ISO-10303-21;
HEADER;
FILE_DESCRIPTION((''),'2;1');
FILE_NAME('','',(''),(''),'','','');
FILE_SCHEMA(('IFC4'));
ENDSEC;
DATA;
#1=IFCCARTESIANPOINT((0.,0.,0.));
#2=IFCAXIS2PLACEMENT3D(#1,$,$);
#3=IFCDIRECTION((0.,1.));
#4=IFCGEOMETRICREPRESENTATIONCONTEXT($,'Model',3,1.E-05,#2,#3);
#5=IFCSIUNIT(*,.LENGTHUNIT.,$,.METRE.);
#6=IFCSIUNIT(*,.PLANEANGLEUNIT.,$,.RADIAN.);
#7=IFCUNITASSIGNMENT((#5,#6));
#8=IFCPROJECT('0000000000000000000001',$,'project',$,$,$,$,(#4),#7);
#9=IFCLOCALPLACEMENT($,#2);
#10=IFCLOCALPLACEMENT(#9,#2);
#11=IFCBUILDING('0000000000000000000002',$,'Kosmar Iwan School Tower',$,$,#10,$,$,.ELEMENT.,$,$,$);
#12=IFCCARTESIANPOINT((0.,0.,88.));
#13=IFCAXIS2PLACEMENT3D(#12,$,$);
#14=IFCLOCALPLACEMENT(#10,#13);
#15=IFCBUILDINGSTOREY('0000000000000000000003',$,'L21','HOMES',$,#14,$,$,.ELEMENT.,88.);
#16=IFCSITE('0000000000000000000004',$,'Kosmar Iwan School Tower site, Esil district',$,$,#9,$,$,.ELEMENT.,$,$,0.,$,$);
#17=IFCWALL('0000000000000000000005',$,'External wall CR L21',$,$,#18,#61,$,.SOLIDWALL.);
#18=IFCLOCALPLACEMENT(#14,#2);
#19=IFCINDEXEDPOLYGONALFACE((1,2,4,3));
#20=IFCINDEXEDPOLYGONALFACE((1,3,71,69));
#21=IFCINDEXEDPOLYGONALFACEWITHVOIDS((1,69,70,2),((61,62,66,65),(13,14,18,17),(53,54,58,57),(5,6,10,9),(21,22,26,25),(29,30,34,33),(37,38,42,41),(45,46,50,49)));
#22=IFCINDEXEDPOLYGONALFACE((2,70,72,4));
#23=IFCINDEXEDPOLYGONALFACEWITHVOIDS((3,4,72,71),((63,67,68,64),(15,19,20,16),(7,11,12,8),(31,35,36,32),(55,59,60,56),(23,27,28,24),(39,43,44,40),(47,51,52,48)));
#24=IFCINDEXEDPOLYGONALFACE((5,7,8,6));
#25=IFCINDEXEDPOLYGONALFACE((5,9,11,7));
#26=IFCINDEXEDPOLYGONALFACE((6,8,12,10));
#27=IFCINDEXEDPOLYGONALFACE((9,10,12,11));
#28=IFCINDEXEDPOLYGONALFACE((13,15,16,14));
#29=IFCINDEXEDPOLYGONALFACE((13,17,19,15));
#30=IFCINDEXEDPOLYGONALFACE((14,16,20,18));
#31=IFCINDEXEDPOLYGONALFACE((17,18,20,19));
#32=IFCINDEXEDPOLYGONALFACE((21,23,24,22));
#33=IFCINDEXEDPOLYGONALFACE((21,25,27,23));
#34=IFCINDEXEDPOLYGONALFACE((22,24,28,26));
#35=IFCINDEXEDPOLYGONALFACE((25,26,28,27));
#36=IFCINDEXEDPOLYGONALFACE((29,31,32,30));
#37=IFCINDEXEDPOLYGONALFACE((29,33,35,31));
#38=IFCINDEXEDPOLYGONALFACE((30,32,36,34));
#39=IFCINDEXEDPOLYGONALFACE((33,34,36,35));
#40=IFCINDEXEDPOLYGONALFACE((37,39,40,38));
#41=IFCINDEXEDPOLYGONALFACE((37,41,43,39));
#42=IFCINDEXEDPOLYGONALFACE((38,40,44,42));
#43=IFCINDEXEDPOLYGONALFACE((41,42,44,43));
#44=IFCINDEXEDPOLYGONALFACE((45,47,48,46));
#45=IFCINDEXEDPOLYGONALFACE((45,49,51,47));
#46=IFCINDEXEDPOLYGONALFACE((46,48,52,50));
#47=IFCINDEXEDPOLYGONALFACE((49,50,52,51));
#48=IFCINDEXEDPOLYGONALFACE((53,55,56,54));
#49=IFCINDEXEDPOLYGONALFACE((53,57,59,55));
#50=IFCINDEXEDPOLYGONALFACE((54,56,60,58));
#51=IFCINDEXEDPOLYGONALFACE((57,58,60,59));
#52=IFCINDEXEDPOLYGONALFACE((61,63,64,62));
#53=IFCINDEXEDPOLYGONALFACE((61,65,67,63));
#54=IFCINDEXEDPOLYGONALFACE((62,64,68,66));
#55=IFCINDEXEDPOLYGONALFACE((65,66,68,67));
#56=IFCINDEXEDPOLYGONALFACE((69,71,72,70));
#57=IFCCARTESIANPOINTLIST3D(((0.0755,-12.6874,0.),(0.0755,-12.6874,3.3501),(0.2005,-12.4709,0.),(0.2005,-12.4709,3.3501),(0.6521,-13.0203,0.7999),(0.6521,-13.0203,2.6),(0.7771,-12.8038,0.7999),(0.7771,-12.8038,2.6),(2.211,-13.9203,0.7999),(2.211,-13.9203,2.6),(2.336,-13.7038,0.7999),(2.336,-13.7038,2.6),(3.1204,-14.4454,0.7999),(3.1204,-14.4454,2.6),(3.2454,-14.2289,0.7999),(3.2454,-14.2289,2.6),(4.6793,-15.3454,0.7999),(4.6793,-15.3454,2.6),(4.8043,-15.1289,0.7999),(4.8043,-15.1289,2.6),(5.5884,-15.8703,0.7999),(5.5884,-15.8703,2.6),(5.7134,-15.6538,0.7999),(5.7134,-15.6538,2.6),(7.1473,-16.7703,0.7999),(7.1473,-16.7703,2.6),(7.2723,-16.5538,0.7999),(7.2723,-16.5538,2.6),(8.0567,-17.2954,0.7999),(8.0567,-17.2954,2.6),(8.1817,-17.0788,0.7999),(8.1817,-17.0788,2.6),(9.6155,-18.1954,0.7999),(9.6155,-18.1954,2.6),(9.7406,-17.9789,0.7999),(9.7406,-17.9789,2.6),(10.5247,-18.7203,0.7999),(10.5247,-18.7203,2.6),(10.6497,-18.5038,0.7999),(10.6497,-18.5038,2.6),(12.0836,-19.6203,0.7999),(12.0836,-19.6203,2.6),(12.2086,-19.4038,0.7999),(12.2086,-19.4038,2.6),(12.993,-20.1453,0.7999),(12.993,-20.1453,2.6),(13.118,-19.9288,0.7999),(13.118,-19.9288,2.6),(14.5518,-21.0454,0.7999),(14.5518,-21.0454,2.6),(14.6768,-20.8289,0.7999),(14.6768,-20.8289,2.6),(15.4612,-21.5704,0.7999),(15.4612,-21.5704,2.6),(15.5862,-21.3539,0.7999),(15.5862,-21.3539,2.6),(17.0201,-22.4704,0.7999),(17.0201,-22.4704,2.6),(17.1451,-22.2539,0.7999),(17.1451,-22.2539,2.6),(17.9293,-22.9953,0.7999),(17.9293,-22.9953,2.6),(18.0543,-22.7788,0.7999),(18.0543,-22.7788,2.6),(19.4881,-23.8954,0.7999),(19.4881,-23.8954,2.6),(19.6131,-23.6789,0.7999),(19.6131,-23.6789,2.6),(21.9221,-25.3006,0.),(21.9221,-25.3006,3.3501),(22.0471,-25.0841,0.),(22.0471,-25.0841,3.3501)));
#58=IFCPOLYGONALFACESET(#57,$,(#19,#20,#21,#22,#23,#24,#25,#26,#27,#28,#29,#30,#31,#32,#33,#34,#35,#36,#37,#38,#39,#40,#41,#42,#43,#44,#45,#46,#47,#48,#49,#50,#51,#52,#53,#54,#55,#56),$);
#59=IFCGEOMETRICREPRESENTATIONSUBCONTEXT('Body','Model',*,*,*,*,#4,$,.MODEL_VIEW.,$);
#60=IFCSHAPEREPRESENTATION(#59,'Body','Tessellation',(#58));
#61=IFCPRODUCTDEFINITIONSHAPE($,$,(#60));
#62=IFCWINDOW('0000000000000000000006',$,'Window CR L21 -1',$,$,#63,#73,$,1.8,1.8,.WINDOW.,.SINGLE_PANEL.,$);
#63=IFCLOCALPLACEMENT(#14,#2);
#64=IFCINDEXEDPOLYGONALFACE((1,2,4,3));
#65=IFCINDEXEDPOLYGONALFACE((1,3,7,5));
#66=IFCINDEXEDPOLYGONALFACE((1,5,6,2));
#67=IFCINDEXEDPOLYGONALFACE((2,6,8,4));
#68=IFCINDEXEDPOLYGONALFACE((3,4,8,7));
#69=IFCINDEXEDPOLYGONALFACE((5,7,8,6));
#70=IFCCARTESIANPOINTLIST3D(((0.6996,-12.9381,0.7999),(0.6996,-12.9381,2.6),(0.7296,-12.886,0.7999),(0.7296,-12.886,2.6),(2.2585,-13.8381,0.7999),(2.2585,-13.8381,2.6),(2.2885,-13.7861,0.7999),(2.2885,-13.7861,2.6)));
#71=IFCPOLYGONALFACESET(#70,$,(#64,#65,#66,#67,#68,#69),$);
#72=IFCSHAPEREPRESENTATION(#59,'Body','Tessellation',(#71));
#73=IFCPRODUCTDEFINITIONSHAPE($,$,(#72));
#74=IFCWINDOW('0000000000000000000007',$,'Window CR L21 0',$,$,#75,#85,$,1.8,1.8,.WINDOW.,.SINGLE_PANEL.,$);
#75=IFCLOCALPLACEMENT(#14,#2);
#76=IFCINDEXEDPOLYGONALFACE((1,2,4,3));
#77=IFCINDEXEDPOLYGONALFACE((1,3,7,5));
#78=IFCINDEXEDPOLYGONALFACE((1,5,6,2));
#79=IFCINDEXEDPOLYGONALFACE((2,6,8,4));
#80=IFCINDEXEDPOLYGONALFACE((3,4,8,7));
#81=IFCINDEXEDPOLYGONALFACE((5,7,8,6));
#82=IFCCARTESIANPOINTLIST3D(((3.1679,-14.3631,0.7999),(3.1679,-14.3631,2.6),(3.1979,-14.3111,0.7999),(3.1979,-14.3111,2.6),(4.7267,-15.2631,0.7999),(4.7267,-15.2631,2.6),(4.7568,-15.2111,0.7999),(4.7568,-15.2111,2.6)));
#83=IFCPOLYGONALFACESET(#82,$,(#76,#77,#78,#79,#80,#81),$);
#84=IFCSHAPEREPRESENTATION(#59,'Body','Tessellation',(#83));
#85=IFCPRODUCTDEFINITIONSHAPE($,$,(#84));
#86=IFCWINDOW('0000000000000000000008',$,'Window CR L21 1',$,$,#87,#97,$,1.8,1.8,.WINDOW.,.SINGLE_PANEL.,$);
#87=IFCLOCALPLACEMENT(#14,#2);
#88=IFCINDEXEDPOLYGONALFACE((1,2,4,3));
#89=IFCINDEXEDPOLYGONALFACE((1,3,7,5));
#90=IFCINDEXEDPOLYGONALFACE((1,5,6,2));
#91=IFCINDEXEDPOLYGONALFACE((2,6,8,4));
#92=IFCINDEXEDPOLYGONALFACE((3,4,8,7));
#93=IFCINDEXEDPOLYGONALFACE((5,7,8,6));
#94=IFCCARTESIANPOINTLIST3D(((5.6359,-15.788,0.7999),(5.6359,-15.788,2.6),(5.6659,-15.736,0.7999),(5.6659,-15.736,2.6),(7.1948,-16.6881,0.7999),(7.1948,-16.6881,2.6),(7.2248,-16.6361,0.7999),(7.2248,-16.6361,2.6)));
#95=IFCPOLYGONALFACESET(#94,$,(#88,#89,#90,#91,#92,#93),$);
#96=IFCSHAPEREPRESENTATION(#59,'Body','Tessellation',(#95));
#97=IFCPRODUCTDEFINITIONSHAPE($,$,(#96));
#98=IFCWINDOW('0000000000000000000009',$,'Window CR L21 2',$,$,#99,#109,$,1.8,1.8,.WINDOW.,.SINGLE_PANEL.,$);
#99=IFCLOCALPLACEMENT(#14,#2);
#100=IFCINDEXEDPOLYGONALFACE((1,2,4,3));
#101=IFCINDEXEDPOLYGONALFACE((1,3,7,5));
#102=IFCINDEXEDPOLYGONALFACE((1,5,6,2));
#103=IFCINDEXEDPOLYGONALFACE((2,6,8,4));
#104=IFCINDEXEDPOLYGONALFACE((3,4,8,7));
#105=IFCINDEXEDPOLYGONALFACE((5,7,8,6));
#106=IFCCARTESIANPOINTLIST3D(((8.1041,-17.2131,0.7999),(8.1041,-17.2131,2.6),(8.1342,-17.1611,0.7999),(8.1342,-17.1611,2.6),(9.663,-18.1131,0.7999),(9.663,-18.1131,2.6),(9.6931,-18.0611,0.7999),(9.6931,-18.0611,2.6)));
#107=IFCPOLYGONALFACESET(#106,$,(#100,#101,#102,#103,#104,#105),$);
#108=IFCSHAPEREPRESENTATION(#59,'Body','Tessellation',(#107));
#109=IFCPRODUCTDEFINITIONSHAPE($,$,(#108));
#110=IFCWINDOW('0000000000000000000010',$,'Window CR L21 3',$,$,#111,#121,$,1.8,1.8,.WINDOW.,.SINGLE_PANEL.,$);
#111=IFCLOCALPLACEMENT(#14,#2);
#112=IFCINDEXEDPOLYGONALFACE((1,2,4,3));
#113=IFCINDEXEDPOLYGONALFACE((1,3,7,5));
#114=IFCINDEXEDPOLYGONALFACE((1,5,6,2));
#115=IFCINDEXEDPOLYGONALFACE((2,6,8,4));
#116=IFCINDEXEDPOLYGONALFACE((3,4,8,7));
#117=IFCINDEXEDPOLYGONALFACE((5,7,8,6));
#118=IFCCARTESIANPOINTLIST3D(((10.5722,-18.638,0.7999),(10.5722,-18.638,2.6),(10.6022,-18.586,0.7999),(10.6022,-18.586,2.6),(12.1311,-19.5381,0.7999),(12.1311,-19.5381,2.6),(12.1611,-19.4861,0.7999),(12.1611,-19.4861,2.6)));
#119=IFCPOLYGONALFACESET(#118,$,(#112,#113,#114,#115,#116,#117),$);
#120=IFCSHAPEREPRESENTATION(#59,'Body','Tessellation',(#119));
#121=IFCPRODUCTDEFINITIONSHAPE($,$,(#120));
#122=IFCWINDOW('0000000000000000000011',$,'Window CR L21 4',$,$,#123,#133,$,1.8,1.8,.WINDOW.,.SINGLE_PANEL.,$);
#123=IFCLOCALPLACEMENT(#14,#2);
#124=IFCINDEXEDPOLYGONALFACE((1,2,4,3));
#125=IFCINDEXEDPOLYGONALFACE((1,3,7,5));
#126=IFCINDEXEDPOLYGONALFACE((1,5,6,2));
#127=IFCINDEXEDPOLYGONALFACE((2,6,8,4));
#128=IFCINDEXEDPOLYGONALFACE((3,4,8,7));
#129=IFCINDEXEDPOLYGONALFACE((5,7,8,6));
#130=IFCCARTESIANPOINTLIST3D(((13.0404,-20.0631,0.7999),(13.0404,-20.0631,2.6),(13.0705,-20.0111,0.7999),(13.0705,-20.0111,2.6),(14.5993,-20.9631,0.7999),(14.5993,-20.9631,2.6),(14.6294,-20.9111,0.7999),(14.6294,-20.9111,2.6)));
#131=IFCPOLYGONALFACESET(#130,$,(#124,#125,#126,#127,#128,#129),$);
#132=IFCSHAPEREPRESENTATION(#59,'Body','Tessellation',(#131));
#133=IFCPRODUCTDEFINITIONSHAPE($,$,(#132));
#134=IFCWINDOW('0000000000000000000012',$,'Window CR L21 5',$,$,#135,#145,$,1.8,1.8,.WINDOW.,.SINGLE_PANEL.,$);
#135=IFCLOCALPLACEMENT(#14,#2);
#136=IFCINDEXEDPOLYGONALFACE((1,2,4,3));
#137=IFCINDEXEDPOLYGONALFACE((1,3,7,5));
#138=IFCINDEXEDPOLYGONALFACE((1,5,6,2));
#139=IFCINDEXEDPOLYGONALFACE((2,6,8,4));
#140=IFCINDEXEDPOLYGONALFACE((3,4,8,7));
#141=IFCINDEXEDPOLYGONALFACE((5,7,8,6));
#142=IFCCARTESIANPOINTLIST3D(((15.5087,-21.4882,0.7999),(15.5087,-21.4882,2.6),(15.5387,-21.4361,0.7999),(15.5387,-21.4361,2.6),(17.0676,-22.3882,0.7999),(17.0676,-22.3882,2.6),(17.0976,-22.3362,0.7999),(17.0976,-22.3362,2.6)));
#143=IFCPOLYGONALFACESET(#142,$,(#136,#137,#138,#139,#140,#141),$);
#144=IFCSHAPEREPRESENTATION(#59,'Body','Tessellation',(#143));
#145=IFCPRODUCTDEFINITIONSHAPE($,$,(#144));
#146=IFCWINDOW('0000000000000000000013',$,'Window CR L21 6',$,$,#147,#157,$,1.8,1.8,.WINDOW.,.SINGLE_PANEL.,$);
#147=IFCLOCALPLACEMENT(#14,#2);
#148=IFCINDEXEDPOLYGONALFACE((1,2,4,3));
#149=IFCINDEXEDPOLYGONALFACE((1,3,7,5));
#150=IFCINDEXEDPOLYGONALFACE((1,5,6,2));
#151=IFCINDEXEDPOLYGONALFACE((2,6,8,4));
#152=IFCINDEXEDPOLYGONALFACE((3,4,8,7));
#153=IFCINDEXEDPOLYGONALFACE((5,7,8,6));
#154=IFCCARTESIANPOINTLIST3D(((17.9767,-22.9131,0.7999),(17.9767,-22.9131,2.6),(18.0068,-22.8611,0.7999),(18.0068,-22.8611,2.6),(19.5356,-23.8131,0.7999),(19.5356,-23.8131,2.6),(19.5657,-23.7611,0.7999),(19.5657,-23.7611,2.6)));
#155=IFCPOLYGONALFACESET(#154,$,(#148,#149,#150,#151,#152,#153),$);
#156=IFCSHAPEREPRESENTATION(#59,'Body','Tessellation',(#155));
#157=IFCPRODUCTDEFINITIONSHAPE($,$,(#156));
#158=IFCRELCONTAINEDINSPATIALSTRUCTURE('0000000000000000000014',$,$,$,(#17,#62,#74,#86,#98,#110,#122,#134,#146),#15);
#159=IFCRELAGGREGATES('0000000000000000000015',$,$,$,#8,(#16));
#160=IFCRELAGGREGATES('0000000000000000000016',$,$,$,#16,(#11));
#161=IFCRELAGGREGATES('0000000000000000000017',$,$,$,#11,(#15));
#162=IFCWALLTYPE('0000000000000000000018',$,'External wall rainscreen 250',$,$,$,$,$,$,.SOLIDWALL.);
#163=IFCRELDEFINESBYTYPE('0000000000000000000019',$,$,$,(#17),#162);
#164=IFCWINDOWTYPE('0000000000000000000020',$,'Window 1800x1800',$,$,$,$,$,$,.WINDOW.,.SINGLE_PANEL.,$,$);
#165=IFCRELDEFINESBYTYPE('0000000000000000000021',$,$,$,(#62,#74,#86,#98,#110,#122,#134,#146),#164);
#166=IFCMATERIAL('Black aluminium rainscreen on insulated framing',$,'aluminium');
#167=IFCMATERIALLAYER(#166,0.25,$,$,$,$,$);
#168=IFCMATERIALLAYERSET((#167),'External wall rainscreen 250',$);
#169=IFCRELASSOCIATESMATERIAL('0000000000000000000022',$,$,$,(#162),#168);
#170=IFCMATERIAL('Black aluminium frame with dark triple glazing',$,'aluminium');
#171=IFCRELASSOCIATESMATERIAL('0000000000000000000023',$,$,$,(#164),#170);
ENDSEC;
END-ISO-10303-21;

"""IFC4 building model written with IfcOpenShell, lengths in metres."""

from ifc_helpers import new_model, si_unit, direction, frame, frame_2d, origin, place, context, subcontext, project, spatial, rectangle, extrude, material, layer, layer_set, type_object, element, fill, save


model = new_model("IFC4")

# Units and contexts
model_context = context("Model", 3, precision=1e-05, world=origin(), true_north=direction((0.0, 1.0)))
body_context = subcontext(model_context, "Body", "Model", "MODEL_VIEW")
ifc_project = project(units=[si_unit("LENGTHUNIT", "METRE"), si_unit("PLANEANGLEUNIT", "RADIAN")], contexts=[model_context])

# Site, building, storey
site_placement = place(None, origin())
site = spatial("IfcSite", under=ifc_project, at=site_placement, Name="Kosmar Iwan School Tower site, Esil district", CompositionType="ELEMENT", RefElevation=0.0)
building_placement = place(site_placement, origin())
building = spatial("IfcBuilding", under=site, at=building_placement, Name="Kosmar Iwan School Tower", CompositionType="ELEMENT")
storey_placement = place(building_placement, frame((0.0, 0.0, 88.0)))
storey = spatial("IfcBuildingStorey", under=building, at=storey_placement, Name="L21", Description="HOMES", CompositionType="ELEMENT", Elevation=88.0)

# Wall, openings, windows
ifc_material_1 = material(Name="Black aluminium rainscreen on insulated framing", Category="aluminium")
ifc_layer_1 = layer(ifc_material_1, 0.25)
ifc_layer_set_1 = layer_set([ifc_layer_1], Name="External wall rainscreen 250")
wall_type_1 = type_object("IfcWallType", Name="External wall rainscreen 250", PredefinedType="SOLIDWALL", material=ifc_layer_set_1)
ifc_material_2 = material(Name="Black aluminium frame with dark triple glazing", Category="aluminium")
window_type = type_object("IfcWindowType", Name="Window 1800x1800", PartitioningType="SINGLE_PANEL", PredefinedType="WINDOW", material=ifc_material_2)
wall_1_placement = place(storey_placement, frame((0.1379, -12.5791, 0.0), z_axis=(0.0, 0.0, 1.0), x_axis=(0.866024, -0.500003, 0.0)))
wall_1 = element("IfcWall", 1, at=wall_1_placement, inside=storey, type_object=wall_type_1, Name="External wall CR L21", PredefinedType="SOLIDWALL", context=body_context, shape_type="SweptSolid", body=[
    extrude(rectangle(XDim=25.2263, YDim=0.25, at=frame_2d((12.6133, 0.0))), origin(), (0.0, 0.0, 1.0), 3.3501),
])
opening_1_placement = place(wall_1_placement, frame((0.666, 0.0, 0.8)))
opening_1 = element("IfcOpeningElement", 2, at=opening_1_placement, cuts=wall_1, PredefinedType="OPENING", context=body_context, shape_type="SweptSolid", body=[
    extrude(rectangle(XDim=1.8, YDim=1.8, at=frame_2d((0.8999, 0.8999))), frame((0.0, 0.137, 0.0), z_axis=(0.0, -1.0, 0.0), x_axis=(1.0, 0.0, 0.0)), (0.0, 0.0, 1.0), 0.2739),
])
opening_2_placement = place(wall_1_placement, frame((3.5161, 0.0, 0.8)))
opening_2 = element("IfcOpeningElement", 3, at=opening_2_placement, cuts=wall_1, PredefinedType="OPENING", context=body_context, shape_type="SweptSolid", body=[
    extrude(rectangle(XDim=1.8, YDim=1.8, at=frame_2d((0.8999, 0.8999))), frame((0.0, 0.137, 0.0), z_axis=(0.0, -1.0, 0.0), x_axis=(1.0, 0.0, 0.0)), (0.0, 0.0, 1.0), 0.2739),
])
opening_3_placement = place(wall_1_placement, frame((6.366, 0.0, 0.8)))
opening_3 = element("IfcOpeningElement", 4, at=opening_3_placement, cuts=wall_1, PredefinedType="OPENING", context=body_context, shape_type="SweptSolid", body=[
    extrude(rectangle(XDim=1.8, YDim=1.8, at=frame_2d((0.8999, 0.8999))), frame((0.0, 0.137, 0.0), z_axis=(0.0, -1.0, 0.0), x_axis=(1.0, 0.0, 0.0)), (0.0, 0.0, 1.0), 0.2739),
])
opening_4_placement = place(wall_1_placement, frame((9.2161, 0.0, 0.8)))
opening_4 = element("IfcOpeningElement", 5, at=opening_4_placement, cuts=wall_1, PredefinedType="OPENING", context=body_context, shape_type="SweptSolid", body=[
    extrude(rectangle(XDim=1.8, YDim=1.8, at=frame_2d((0.8999, 0.8999))), frame((0.0, 0.137, 0.0), z_axis=(0.0, -1.0, 0.0), x_axis=(1.0, 0.0, 0.0)), (0.0, 0.0, 1.0), 0.2739),
])
opening_5_placement = place(wall_1_placement, frame((12.0659, 0.0, 0.8)))
opening_5 = element("IfcOpeningElement", 6, at=opening_5_placement, cuts=wall_1, PredefinedType="OPENING", context=body_context, shape_type="SweptSolid", body=[
    extrude(rectangle(XDim=1.8, YDim=1.8, at=frame_2d((0.8999, 0.8999))), frame((0.0, 0.137, 0.0), z_axis=(0.0, -1.0, 0.0), x_axis=(1.0, 0.0, 0.0)), (0.0, 0.0, 1.0), 0.2739),
])
opening_6_placement = place(wall_1_placement, frame((14.916, 0.0, 0.8)))
opening_6 = element("IfcOpeningElement", 7, at=opening_6_placement, cuts=wall_1, PredefinedType="OPENING", context=body_context, shape_type="SweptSolid", body=[
    extrude(rectangle(XDim=1.8, YDim=1.8, at=frame_2d((0.8999, 0.8999))), frame((0.0, 0.137, 0.0), z_axis=(0.0, -1.0, 0.0), x_axis=(1.0, 0.0, 0.0)), (0.0, 0.0, 1.0), 0.2739),
])
opening_7_placement = place(wall_1_placement, frame((17.7661, 0.0, 0.8)))
opening_7 = element("IfcOpeningElement", 8, at=opening_7_placement, cuts=wall_1, PredefinedType="OPENING", context=body_context, shape_type="SweptSolid", body=[
    extrude(rectangle(XDim=1.8, YDim=1.8, at=frame_2d((0.8999, 0.8999))), frame((0.0, 0.137, 0.0), z_axis=(0.0, -1.0, 0.0), x_axis=(1.0, 0.0, 0.0)), (0.0, 0.0, 1.0), 0.2739),
])
opening_8_placement = place(wall_1_placement, frame((20.616, 0.0, 0.8)))
opening_8 = element("IfcOpeningElement", 9, at=opening_8_placement, cuts=wall_1, PredefinedType="OPENING", context=body_context, shape_type="SweptSolid", body=[
    extrude(rectangle(XDim=1.8, YDim=1.8, at=frame_2d((0.8999, 0.8999))), frame((0.0, 0.137, 0.0), z_axis=(0.0, -1.0, 0.0), x_axis=(1.0, 0.0, 0.0)), (0.0, 0.0, 1.0), 0.2739),
])
window_1_placement = place(opening_1_placement, origin())
window_1 = element("IfcWindow", 10, at=window_1_placement, inside=storey, type_object=window_type, Name="Window CR L21 -1", OverallHeight=1.8, OverallWidth=1.8, PartitioningType="SINGLE_PANEL", PredefinedType="WINDOW", context=body_context, shape_type="SweptSolid", body=[
    extrude(rectangle(XDim=1.8, YDim=1.8, at=frame_2d((0.8999, 0.8999))), frame((0.0, 0.03, 0.0), z_axis=(0.0, -1.0, 0.0), x_axis=(1.0, 0.0, 0.0)), (0.0, 0.0, 1.0), 0.0601),
])
fill(opening_1, window_1)
window_2_placement = place(opening_2_placement, origin())
window_2 = element("IfcWindow", 11, at=window_2_placement, inside=storey, type_object=window_type, Name="Window CR L21 0", OverallHeight=1.8, OverallWidth=1.8, PartitioningType="SINGLE_PANEL", PredefinedType="WINDOW", context=body_context, shape_type="SweptSolid", body=[
    extrude(rectangle(XDim=1.8, YDim=1.8, at=frame_2d((0.8999, 0.8999))), frame((0.0, 0.03, 0.0), z_axis=(0.0, -1.0, 0.0), x_axis=(1.0, 0.0, 0.0)), (0.0, 0.0, 1.0), 0.0601),
])
fill(opening_2, window_2)
window_3_placement = place(opening_3_placement, origin())
window_3 = element("IfcWindow", 12, at=window_3_placement, inside=storey, type_object=window_type, Name="Window CR L21 1", OverallHeight=1.8, OverallWidth=1.8, PartitioningType="SINGLE_PANEL", PredefinedType="WINDOW", context=body_context, shape_type="SweptSolid", body=[
    extrude(rectangle(XDim=1.8, YDim=1.8, at=frame_2d((0.8999, 0.8999))), frame((0.0, 0.03, 0.0), z_axis=(0.0, -1.0, 0.0), x_axis=(1.0, 0.0, 0.0)), (0.0, 0.0, 1.0), 0.0601),
])
fill(opening_3, window_3)
window_4_placement = place(opening_4_placement, origin())
window_4 = element("IfcWindow", 13, at=window_4_placement, inside=storey, type_object=window_type, Name="Window CR L21 2", OverallHeight=1.8, OverallWidth=1.8, PartitioningType="SINGLE_PANEL", PredefinedType="WINDOW", context=body_context, shape_type="SweptSolid", body=[
    extrude(rectangle(XDim=1.8, YDim=1.8, at=frame_2d((0.8999, 0.8999))), frame((0.0, 0.03, 0.0), z_axis=(0.0, -1.0, 0.0), x_axis=(1.0, 0.0, 0.0)), (0.0, 0.0, 1.0), 0.0601),
])
fill(opening_4, window_4)
window_5_placement = place(opening_5_placement, origin())
window_5 = element("IfcWindow", 14, at=window_5_placement, inside=storey, type_object=window_type, Name="Window CR L21 3", OverallHeight=1.8, OverallWidth=1.8, PartitioningType="SINGLE_PANEL", PredefinedType="WINDOW", context=body_context, shape_type="SweptSolid", body=[
    extrude(rectangle(XDim=1.8, YDim=1.8, at=frame_2d((0.8999, 0.8999))), frame((0.0, 0.03, 0.0), z_axis=(0.0, -1.0, 0.0), x_axis=(1.0, 0.0, 0.0)), (0.0, 0.0, 1.0), 0.0601),
])
fill(opening_5, window_5)
window_6_placement = place(opening_6_placement, origin())
window_6 = element("IfcWindow", 15, at=window_6_placement, inside=storey, type_object=window_type, Name="Window CR L21 4", OverallHeight=1.8, OverallWidth=1.8, PartitioningType="SINGLE_PANEL", PredefinedType="WINDOW", context=body_context, shape_type="SweptSolid", body=[
    extrude(rectangle(XDim=1.8, YDim=1.8, at=frame_2d((0.8999, 0.8999))), frame((0.0, 0.03, 0.0), z_axis=(0.0, -1.0, 0.0), x_axis=(1.0, 0.0, 0.0)), (0.0, 0.0, 1.0), 0.0601),
])
fill(opening_6, window_6)
window_7_placement = place(opening_7_placement, origin())
window_7 = element("IfcWindow", 16, at=window_7_placement, inside=storey, type_object=window_type, Name="Window CR L21 5", OverallHeight=1.8, OverallWidth=1.8, PartitioningType="SINGLE_PANEL", PredefinedType="WINDOW", context=body_context, shape_type="SweptSolid", body=[
    extrude(rectangle(XDim=1.8, YDim=1.8, at=frame_2d((0.8999, 0.8999))), frame((0.0, 0.03, 0.0), z_axis=(0.0, -1.0, 0.0), x_axis=(1.0, 0.0, 0.0)), (0.0, 0.0, 1.0), 0.0601),
])
fill(opening_7, window_7)
window_8_placement = place(opening_8_placement, origin())
window_8 = element("IfcWindow", 17, at=window_8_placement, inside=storey, type_object=window_type, Name="Window CR L21 6", OverallHeight=1.8, OverallWidth=1.8, PartitioningType="SINGLE_PANEL", PredefinedType="WINDOW", context=body_context, shape_type="SweptSolid", body=[
    extrude(rectangle(XDim=1.8, YDim=1.8, at=frame_2d((0.8999, 0.8999))), frame((0.0, 0.03, 0.0), z_axis=(0.0, -1.0, 0.0), x_axis=(1.0, 0.0, 0.0)), (0.0, 0.0, 1.0), 0.0601),
])
fill(opening_8, window_8)

save(model, "model.ifc")
